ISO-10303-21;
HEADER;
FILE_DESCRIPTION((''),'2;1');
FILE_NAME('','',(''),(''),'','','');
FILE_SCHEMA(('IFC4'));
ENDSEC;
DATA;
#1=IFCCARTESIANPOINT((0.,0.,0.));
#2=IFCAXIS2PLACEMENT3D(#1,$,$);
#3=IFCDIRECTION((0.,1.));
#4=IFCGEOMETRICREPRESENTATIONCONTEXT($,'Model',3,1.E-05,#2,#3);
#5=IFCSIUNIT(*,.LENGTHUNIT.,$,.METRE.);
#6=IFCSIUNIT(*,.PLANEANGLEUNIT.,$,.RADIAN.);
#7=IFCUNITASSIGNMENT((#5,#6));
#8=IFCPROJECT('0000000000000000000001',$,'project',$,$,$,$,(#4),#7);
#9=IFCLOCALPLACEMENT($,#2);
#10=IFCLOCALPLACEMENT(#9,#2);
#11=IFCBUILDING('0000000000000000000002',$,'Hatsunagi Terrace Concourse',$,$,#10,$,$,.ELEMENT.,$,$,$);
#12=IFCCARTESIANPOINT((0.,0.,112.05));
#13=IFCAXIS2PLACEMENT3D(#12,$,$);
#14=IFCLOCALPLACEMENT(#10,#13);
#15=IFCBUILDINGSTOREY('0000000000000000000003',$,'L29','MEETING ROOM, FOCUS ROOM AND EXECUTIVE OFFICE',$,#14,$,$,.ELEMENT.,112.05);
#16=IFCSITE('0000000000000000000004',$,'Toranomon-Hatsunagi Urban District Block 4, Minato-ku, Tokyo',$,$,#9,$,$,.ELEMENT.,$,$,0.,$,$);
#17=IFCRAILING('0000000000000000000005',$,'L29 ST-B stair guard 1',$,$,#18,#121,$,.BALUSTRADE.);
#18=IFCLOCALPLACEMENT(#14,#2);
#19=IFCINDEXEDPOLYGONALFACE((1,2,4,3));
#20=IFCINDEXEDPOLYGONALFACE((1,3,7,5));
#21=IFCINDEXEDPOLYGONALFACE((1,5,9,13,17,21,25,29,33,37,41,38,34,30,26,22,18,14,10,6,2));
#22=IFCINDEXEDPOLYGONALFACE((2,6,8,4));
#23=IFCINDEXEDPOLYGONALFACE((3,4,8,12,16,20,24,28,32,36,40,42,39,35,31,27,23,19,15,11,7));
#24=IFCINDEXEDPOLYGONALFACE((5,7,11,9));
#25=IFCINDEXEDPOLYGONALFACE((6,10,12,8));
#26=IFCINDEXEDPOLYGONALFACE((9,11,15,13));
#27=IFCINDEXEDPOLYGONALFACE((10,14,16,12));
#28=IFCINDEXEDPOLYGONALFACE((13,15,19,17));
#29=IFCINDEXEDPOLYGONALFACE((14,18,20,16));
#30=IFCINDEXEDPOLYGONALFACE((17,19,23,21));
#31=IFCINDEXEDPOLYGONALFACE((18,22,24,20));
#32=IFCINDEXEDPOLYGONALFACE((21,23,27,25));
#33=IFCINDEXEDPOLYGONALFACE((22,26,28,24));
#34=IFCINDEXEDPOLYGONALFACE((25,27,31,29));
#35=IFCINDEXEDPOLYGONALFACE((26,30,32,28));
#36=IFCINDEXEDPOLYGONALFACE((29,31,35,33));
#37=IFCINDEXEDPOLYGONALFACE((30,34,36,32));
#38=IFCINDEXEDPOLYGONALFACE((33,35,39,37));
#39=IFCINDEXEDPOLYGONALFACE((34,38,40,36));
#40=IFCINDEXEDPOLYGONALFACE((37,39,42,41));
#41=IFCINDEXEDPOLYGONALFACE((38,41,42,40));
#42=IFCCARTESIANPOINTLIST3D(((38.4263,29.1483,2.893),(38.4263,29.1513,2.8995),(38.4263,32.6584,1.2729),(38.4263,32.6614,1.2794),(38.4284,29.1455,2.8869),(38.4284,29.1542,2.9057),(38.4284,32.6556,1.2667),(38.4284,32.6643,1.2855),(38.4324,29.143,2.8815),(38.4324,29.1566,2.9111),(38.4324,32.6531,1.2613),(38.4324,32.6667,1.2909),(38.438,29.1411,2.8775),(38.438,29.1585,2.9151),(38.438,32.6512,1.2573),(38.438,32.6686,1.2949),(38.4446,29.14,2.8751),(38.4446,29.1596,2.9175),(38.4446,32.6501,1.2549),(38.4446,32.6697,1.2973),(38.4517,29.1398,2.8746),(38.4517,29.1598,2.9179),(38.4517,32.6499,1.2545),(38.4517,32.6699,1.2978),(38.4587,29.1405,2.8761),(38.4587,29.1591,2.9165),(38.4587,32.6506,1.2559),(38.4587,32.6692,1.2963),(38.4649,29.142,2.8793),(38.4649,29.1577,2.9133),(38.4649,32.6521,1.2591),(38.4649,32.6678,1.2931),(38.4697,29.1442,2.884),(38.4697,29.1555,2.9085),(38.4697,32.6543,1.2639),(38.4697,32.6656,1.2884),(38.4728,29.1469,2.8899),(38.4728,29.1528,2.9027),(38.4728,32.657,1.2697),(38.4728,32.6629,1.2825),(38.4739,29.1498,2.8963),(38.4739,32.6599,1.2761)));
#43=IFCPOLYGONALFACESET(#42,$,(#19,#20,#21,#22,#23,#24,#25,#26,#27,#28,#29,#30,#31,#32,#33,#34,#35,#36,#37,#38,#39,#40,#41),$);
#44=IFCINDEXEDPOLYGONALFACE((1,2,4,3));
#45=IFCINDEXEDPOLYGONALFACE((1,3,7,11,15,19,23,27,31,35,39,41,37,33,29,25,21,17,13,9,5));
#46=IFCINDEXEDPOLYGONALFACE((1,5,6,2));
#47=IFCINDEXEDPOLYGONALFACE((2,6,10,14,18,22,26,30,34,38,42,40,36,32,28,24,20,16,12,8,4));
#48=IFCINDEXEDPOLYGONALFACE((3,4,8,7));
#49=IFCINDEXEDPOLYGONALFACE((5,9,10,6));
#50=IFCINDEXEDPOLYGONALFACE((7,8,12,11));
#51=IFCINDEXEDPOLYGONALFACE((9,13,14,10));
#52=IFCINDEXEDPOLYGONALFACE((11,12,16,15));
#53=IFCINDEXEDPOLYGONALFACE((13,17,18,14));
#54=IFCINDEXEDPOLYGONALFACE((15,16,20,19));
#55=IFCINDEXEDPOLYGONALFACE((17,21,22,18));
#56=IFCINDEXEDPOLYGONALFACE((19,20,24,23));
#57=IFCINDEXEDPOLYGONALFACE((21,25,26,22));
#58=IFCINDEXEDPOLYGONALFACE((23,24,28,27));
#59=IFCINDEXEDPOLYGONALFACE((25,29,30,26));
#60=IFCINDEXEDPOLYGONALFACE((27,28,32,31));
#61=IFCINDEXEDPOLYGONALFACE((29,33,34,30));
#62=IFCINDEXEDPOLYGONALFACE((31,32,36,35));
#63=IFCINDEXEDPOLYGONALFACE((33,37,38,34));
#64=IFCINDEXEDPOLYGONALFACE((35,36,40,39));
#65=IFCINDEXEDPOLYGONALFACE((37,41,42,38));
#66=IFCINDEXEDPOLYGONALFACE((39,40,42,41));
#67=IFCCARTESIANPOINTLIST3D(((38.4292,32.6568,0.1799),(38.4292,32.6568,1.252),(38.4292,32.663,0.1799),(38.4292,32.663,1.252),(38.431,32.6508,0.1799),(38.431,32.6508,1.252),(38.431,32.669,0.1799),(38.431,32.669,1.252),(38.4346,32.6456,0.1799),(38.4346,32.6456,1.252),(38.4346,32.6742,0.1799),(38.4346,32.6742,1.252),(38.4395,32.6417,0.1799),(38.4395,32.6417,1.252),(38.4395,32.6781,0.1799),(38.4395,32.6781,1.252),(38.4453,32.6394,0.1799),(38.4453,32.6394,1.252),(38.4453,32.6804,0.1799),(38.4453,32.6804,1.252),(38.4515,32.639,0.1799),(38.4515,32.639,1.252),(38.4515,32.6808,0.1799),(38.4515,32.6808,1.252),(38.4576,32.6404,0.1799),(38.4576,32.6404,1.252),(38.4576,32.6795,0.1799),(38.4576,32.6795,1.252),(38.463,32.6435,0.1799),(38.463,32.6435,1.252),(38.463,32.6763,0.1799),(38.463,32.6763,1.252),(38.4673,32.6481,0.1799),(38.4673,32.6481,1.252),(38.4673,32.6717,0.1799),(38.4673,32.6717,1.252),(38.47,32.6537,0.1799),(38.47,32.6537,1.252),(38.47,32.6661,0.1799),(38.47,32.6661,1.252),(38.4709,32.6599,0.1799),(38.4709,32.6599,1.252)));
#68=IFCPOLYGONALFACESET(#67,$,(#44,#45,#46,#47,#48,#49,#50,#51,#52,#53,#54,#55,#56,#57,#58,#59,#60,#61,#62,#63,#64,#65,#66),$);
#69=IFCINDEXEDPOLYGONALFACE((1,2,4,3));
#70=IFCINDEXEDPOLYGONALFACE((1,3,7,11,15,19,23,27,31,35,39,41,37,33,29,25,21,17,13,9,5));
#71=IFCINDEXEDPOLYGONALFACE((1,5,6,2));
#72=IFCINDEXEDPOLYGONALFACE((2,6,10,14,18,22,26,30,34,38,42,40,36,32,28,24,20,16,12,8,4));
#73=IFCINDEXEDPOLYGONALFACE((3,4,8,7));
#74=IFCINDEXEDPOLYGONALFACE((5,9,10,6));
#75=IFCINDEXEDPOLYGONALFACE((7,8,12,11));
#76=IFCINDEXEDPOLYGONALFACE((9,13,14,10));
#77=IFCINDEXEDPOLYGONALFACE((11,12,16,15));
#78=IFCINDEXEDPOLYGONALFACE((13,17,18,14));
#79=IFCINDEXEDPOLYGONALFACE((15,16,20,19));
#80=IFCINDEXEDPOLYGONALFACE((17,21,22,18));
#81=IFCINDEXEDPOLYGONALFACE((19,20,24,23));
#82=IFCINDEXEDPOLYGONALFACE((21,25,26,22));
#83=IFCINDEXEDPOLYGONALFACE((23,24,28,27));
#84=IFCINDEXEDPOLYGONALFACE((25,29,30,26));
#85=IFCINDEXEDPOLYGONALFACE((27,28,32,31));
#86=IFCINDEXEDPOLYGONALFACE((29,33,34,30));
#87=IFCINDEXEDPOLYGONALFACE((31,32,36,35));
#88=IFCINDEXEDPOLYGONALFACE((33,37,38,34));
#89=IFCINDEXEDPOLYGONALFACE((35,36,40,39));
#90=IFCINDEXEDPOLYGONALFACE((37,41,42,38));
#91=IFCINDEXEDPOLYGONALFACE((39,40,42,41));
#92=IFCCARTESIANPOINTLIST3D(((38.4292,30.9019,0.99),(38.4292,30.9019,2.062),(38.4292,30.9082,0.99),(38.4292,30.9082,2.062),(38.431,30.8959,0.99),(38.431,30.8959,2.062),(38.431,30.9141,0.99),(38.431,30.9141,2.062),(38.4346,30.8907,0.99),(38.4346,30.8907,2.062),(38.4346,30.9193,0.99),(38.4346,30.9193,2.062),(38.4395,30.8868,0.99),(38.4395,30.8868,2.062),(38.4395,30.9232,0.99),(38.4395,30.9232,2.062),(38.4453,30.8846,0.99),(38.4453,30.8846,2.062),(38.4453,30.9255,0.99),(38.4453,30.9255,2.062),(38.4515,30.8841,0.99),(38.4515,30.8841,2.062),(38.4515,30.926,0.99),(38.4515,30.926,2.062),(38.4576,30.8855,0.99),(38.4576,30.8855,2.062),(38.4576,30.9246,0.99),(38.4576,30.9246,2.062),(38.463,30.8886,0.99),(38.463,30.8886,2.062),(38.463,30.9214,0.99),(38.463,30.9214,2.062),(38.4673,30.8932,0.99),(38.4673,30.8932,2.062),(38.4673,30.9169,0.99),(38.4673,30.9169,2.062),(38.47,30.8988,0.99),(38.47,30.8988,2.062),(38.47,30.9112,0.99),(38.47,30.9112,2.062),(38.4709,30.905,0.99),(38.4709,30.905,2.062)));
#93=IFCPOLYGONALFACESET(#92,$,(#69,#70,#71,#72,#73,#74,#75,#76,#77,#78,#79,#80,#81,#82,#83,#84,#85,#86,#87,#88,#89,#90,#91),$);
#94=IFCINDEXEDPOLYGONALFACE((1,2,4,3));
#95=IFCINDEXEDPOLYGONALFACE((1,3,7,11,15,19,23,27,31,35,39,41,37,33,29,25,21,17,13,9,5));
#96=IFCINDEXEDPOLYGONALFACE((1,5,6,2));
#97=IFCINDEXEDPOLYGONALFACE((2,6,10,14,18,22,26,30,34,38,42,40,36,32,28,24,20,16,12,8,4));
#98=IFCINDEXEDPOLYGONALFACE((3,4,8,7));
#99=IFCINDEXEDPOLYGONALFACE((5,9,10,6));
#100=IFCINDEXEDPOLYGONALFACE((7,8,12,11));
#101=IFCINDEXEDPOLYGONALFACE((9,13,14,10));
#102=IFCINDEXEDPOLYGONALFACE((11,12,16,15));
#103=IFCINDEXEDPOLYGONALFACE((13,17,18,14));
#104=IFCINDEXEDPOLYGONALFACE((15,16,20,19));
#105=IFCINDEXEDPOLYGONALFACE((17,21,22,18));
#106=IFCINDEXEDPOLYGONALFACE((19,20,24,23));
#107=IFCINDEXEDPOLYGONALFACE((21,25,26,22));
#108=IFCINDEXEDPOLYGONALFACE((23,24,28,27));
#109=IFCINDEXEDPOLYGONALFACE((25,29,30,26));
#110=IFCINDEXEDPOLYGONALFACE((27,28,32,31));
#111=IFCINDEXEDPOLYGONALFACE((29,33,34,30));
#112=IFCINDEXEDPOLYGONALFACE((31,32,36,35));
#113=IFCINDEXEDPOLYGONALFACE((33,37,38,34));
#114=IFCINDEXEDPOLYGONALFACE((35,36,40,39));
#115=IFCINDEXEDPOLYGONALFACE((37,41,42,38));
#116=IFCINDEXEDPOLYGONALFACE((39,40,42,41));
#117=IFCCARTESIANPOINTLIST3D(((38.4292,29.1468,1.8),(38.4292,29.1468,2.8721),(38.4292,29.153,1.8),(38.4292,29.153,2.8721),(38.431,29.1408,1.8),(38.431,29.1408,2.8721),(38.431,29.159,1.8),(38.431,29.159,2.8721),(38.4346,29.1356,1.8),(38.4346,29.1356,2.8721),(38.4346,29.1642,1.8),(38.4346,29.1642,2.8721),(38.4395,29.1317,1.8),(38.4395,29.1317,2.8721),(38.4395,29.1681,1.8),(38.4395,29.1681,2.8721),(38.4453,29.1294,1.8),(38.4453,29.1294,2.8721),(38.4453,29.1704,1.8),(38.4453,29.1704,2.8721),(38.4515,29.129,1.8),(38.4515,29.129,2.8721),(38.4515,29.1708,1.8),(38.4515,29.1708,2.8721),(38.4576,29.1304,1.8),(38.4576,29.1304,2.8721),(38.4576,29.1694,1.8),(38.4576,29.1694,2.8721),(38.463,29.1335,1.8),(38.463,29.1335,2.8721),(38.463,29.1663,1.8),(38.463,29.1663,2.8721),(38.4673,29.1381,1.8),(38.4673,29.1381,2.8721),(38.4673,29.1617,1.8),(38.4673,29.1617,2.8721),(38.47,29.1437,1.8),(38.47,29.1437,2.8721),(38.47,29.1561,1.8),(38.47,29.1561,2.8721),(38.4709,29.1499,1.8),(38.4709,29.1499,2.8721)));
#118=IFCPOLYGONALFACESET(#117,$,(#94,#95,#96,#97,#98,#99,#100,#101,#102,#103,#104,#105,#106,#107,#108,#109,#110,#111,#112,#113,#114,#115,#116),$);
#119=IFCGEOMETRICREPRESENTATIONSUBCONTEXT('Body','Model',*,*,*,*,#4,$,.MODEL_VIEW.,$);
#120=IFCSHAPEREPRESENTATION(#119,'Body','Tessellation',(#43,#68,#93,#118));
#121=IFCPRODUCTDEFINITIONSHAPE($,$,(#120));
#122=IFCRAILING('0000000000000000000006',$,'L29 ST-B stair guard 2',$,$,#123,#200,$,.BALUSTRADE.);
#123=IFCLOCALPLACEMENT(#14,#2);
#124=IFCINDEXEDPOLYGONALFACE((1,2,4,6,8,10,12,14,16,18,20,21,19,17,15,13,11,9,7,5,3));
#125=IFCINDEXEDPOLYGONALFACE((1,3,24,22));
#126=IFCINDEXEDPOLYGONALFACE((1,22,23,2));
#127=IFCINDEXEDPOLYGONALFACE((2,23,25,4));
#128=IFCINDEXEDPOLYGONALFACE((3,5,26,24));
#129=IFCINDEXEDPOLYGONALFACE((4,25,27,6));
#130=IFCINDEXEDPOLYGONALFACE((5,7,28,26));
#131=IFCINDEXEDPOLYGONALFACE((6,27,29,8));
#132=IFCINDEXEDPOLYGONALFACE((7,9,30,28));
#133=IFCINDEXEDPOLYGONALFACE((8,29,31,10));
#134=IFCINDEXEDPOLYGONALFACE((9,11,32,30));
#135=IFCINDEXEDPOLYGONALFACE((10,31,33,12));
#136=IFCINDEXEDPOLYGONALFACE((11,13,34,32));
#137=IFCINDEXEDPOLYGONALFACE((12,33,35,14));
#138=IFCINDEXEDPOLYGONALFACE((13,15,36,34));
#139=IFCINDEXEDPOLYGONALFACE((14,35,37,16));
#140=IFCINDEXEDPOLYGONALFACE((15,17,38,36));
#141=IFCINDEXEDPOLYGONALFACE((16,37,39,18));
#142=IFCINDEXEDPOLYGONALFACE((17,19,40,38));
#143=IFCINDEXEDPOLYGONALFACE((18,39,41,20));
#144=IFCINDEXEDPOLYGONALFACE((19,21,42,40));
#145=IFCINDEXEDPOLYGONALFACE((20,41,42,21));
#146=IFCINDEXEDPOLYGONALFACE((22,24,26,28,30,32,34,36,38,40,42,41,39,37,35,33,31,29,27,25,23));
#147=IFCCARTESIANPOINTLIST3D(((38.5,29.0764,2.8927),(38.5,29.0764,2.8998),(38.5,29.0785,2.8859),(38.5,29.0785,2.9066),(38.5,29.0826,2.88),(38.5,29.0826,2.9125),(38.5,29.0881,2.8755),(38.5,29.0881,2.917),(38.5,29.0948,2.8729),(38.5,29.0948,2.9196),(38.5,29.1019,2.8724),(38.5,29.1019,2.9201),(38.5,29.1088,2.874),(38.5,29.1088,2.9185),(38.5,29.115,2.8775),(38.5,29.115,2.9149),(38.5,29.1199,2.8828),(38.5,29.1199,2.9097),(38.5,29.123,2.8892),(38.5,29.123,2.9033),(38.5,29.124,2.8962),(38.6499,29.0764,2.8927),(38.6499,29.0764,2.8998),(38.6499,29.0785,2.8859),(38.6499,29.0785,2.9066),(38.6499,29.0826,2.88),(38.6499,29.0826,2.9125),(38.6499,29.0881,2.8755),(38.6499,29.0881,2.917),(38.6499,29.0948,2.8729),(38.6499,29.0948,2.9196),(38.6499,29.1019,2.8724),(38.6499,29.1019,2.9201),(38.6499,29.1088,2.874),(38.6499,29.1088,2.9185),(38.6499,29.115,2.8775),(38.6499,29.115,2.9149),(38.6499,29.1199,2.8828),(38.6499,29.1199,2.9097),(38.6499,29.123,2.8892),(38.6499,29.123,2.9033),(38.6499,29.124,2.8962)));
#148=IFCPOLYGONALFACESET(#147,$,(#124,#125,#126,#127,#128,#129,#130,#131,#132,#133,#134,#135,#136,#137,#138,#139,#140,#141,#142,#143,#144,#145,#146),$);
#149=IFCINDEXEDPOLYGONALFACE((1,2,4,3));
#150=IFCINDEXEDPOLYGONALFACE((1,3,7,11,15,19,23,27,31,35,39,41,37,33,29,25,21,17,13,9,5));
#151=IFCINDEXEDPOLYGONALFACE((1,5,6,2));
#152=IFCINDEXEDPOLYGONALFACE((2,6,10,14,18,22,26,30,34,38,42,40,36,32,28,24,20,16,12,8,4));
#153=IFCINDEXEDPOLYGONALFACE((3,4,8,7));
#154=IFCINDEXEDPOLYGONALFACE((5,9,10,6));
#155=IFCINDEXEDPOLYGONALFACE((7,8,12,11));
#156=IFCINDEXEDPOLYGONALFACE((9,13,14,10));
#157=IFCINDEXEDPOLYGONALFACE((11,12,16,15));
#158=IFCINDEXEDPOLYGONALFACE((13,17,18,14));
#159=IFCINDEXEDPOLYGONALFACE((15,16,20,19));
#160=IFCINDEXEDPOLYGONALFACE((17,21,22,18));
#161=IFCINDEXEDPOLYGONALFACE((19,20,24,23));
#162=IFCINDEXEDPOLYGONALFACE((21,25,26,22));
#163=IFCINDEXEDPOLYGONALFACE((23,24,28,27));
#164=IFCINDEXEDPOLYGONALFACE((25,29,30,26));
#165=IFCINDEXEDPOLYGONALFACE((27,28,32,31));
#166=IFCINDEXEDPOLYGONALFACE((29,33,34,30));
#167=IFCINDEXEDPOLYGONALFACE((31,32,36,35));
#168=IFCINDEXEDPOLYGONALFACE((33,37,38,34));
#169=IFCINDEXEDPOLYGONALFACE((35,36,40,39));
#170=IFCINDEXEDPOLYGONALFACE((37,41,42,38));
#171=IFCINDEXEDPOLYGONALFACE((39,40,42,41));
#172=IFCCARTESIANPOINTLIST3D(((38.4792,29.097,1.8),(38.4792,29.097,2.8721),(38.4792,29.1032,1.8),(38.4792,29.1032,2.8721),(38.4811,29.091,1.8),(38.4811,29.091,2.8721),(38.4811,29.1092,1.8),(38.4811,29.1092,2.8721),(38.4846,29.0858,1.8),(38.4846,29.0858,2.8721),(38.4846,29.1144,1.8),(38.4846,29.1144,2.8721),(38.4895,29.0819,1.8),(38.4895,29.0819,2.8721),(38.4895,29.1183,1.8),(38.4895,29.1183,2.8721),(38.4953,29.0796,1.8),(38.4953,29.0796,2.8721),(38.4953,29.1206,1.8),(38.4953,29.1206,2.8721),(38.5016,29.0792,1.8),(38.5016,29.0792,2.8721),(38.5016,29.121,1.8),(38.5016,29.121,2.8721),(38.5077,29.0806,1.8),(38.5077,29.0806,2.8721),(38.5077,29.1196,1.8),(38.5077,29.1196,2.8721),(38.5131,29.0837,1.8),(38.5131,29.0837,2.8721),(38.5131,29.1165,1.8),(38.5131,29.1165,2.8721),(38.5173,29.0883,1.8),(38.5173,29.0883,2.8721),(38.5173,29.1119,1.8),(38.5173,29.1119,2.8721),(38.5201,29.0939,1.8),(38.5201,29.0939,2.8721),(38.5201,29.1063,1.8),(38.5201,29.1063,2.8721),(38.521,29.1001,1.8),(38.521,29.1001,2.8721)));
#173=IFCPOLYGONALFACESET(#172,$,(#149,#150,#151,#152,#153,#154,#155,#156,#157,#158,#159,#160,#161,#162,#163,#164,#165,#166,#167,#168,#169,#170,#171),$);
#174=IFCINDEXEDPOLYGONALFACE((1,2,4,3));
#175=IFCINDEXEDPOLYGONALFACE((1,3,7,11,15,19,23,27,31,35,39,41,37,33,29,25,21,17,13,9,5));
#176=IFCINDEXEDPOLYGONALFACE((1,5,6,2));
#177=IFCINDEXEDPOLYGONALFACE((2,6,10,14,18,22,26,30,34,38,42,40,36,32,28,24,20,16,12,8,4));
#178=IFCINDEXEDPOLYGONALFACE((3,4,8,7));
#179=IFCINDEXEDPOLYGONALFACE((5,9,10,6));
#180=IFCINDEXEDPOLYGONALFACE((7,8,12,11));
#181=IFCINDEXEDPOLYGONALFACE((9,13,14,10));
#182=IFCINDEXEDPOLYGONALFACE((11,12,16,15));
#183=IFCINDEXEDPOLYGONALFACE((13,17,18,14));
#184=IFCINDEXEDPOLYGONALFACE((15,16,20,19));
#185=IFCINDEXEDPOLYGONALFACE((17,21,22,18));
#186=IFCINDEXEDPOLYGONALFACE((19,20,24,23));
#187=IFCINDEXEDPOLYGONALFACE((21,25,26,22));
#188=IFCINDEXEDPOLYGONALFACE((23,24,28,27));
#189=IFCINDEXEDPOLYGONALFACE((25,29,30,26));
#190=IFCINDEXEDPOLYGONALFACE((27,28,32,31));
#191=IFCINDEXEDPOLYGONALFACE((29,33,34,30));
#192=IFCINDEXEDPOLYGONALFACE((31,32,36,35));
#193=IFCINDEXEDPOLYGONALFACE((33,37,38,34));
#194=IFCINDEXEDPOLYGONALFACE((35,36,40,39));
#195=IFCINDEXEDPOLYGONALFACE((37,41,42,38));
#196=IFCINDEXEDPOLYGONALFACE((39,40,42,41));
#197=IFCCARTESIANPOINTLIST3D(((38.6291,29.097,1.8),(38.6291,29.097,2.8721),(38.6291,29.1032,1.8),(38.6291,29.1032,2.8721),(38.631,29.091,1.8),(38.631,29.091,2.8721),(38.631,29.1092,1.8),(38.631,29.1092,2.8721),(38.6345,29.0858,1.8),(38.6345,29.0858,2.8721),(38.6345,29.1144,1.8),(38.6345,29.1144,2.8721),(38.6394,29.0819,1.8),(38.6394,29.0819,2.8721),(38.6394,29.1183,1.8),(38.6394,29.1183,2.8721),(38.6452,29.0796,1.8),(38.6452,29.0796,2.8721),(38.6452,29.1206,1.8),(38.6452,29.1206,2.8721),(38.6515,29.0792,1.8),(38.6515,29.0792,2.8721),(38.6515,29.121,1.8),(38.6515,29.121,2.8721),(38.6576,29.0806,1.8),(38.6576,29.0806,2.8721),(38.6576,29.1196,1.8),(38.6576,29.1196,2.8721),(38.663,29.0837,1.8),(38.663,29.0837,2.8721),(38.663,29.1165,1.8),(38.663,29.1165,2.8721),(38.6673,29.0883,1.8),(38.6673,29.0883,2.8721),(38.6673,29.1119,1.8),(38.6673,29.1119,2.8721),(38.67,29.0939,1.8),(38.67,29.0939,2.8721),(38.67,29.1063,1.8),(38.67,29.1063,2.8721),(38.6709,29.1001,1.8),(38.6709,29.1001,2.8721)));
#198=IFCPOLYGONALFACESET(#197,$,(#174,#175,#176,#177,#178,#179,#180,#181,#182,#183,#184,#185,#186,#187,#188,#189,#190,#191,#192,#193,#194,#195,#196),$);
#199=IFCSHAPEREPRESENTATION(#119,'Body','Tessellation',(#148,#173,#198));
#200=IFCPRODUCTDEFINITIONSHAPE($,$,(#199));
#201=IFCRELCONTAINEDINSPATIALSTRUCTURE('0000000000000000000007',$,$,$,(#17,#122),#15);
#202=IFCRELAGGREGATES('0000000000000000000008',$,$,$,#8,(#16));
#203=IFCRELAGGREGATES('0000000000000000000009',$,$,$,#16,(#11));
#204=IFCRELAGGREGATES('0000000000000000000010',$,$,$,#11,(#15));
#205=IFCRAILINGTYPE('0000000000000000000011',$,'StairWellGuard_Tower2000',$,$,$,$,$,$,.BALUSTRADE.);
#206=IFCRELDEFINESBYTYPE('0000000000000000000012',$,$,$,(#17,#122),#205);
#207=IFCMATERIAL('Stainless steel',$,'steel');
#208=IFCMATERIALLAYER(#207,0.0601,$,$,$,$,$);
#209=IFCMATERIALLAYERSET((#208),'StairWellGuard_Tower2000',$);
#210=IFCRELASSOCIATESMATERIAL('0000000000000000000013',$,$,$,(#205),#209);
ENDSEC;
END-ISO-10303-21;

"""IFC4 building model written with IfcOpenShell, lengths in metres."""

from ifc_helpers import new_model, si_unit, direction, frame, origin, origin_2d, place, context, subcontext, project, spatial, circle, extrude, material, layer, layer_set, type_object, element, save


model = new_model("IFC4")

# Units and contexts
model_context = context("Model", 3, precision=1e-05, world=origin(), true_north=direction((0.0, 1.0)))
body_context = subcontext(model_context, "Body", "Model", "MODEL_VIEW")
ifc_project = project(units=[si_unit("LENGTHUNIT", "METRE"), si_unit("PLANEANGLEUNIT", "RADIAN")], contexts=[model_context])

# Site, building, storey
site_placement = place(None, origin())
site = spatial("IfcSite", under=ifc_project, at=site_placement, Name="Toranomon-Hatsunagi Urban District Block 4, Minato-ku, Tokyo", CompositionType="ELEMENT", RefElevation=0.0)
building_placement = place(site_placement, origin())
building = spatial("IfcBuilding", under=site, at=building_placement, Name="Hatsunagi Terrace Concourse", CompositionType="ELEMENT")
storey_placement = place(building_placement, frame((0.0, 0.0, 112.05)))
storey = spatial("IfcBuildingStorey", under=building, at=storey_placement, Name="L29", Description="MEETING ROOM, FOCUS ROOM AND EXECUTIVE OFFICE", CompositionType="ELEMENT", Elevation=112.05)

# Railings
ifc_material_1 = material(Name="Stainless steel", Category="steel")
ifc_layer_1 = layer(ifc_material_1, 0.0601)
ifc_layer_set_1 = layer_set([ifc_layer_1], Name="StairWellGuard_Tower2000")
railing_type_1 = type_object("IfcRailingType", Name="StairWellGuard_Tower2000", PredefinedType="BALUSTRADE", material=ifc_layer_set_1)
railing_1_placement = place(storey_placement, frame((38.45, 32.6599, 0.1799)))
element("IfcRailing", 1, at=railing_1_placement, inside=storey, type_object=railing_type_1, Name="L29 ST-B stair guard 1", PredefinedType="BALUSTRADE", context=body_context, shape_type="SweptSolid", body=[
    extrude(circle(Radius=0.0239, at=origin_2d()), frame((0.0, 0.0, 1.0962), z_axis=(0.0, -0.907948, 0.419082), x_axis=(1.0, 0.0, 0.0)), (0.0, 0.0, 1.0), 3.866),
    extrude(circle(Radius=0.021, at=origin_2d()), origin(), (0.0, 0.0, 1.0), 1.072),
    extrude(circle(Radius=0.021, at=origin_2d()), frame((0.0, -1.7549, 0.8101)), (0.0, 0.0, 1.0), 1.072),
    extrude(circle(Radius=0.021, at=origin_2d()), frame((0.0, -3.51, 1.6201)), (0.0, 0.0, 1.0), 1.072),
])
railing_2_placement = place(storey_placement, frame((38.5, 29.1001, 1.8)))
element("IfcRailing", 2, at=railing_2_placement, inside=storey, type_object=railing_type_1, Name="L29 ST-B stair guard 2", PredefinedType="BALUSTRADE", context=body_context, shape_type="SweptSolid", body=[
    extrude(circle(Radius=0.0239, at=origin_2d()), frame((0.0, 0.0, 1.0962), z_axis=(1.0, 0.0, 0.0), x_axis=(0.0, 1.0, 0.0)), (0.0, 0.0, 1.0), 0.1499),
    extrude(circle(Radius=0.021, at=origin_2d()), origin(), (0.0, 0.0, 1.0), 1.072),
    extrude(circle(Radius=0.021, at=origin_2d()), frame((0.1499, 0.0, 0.0)), (0.0, 0.0, 1.0), 1.072),
])

save(model, "model.ifc")
